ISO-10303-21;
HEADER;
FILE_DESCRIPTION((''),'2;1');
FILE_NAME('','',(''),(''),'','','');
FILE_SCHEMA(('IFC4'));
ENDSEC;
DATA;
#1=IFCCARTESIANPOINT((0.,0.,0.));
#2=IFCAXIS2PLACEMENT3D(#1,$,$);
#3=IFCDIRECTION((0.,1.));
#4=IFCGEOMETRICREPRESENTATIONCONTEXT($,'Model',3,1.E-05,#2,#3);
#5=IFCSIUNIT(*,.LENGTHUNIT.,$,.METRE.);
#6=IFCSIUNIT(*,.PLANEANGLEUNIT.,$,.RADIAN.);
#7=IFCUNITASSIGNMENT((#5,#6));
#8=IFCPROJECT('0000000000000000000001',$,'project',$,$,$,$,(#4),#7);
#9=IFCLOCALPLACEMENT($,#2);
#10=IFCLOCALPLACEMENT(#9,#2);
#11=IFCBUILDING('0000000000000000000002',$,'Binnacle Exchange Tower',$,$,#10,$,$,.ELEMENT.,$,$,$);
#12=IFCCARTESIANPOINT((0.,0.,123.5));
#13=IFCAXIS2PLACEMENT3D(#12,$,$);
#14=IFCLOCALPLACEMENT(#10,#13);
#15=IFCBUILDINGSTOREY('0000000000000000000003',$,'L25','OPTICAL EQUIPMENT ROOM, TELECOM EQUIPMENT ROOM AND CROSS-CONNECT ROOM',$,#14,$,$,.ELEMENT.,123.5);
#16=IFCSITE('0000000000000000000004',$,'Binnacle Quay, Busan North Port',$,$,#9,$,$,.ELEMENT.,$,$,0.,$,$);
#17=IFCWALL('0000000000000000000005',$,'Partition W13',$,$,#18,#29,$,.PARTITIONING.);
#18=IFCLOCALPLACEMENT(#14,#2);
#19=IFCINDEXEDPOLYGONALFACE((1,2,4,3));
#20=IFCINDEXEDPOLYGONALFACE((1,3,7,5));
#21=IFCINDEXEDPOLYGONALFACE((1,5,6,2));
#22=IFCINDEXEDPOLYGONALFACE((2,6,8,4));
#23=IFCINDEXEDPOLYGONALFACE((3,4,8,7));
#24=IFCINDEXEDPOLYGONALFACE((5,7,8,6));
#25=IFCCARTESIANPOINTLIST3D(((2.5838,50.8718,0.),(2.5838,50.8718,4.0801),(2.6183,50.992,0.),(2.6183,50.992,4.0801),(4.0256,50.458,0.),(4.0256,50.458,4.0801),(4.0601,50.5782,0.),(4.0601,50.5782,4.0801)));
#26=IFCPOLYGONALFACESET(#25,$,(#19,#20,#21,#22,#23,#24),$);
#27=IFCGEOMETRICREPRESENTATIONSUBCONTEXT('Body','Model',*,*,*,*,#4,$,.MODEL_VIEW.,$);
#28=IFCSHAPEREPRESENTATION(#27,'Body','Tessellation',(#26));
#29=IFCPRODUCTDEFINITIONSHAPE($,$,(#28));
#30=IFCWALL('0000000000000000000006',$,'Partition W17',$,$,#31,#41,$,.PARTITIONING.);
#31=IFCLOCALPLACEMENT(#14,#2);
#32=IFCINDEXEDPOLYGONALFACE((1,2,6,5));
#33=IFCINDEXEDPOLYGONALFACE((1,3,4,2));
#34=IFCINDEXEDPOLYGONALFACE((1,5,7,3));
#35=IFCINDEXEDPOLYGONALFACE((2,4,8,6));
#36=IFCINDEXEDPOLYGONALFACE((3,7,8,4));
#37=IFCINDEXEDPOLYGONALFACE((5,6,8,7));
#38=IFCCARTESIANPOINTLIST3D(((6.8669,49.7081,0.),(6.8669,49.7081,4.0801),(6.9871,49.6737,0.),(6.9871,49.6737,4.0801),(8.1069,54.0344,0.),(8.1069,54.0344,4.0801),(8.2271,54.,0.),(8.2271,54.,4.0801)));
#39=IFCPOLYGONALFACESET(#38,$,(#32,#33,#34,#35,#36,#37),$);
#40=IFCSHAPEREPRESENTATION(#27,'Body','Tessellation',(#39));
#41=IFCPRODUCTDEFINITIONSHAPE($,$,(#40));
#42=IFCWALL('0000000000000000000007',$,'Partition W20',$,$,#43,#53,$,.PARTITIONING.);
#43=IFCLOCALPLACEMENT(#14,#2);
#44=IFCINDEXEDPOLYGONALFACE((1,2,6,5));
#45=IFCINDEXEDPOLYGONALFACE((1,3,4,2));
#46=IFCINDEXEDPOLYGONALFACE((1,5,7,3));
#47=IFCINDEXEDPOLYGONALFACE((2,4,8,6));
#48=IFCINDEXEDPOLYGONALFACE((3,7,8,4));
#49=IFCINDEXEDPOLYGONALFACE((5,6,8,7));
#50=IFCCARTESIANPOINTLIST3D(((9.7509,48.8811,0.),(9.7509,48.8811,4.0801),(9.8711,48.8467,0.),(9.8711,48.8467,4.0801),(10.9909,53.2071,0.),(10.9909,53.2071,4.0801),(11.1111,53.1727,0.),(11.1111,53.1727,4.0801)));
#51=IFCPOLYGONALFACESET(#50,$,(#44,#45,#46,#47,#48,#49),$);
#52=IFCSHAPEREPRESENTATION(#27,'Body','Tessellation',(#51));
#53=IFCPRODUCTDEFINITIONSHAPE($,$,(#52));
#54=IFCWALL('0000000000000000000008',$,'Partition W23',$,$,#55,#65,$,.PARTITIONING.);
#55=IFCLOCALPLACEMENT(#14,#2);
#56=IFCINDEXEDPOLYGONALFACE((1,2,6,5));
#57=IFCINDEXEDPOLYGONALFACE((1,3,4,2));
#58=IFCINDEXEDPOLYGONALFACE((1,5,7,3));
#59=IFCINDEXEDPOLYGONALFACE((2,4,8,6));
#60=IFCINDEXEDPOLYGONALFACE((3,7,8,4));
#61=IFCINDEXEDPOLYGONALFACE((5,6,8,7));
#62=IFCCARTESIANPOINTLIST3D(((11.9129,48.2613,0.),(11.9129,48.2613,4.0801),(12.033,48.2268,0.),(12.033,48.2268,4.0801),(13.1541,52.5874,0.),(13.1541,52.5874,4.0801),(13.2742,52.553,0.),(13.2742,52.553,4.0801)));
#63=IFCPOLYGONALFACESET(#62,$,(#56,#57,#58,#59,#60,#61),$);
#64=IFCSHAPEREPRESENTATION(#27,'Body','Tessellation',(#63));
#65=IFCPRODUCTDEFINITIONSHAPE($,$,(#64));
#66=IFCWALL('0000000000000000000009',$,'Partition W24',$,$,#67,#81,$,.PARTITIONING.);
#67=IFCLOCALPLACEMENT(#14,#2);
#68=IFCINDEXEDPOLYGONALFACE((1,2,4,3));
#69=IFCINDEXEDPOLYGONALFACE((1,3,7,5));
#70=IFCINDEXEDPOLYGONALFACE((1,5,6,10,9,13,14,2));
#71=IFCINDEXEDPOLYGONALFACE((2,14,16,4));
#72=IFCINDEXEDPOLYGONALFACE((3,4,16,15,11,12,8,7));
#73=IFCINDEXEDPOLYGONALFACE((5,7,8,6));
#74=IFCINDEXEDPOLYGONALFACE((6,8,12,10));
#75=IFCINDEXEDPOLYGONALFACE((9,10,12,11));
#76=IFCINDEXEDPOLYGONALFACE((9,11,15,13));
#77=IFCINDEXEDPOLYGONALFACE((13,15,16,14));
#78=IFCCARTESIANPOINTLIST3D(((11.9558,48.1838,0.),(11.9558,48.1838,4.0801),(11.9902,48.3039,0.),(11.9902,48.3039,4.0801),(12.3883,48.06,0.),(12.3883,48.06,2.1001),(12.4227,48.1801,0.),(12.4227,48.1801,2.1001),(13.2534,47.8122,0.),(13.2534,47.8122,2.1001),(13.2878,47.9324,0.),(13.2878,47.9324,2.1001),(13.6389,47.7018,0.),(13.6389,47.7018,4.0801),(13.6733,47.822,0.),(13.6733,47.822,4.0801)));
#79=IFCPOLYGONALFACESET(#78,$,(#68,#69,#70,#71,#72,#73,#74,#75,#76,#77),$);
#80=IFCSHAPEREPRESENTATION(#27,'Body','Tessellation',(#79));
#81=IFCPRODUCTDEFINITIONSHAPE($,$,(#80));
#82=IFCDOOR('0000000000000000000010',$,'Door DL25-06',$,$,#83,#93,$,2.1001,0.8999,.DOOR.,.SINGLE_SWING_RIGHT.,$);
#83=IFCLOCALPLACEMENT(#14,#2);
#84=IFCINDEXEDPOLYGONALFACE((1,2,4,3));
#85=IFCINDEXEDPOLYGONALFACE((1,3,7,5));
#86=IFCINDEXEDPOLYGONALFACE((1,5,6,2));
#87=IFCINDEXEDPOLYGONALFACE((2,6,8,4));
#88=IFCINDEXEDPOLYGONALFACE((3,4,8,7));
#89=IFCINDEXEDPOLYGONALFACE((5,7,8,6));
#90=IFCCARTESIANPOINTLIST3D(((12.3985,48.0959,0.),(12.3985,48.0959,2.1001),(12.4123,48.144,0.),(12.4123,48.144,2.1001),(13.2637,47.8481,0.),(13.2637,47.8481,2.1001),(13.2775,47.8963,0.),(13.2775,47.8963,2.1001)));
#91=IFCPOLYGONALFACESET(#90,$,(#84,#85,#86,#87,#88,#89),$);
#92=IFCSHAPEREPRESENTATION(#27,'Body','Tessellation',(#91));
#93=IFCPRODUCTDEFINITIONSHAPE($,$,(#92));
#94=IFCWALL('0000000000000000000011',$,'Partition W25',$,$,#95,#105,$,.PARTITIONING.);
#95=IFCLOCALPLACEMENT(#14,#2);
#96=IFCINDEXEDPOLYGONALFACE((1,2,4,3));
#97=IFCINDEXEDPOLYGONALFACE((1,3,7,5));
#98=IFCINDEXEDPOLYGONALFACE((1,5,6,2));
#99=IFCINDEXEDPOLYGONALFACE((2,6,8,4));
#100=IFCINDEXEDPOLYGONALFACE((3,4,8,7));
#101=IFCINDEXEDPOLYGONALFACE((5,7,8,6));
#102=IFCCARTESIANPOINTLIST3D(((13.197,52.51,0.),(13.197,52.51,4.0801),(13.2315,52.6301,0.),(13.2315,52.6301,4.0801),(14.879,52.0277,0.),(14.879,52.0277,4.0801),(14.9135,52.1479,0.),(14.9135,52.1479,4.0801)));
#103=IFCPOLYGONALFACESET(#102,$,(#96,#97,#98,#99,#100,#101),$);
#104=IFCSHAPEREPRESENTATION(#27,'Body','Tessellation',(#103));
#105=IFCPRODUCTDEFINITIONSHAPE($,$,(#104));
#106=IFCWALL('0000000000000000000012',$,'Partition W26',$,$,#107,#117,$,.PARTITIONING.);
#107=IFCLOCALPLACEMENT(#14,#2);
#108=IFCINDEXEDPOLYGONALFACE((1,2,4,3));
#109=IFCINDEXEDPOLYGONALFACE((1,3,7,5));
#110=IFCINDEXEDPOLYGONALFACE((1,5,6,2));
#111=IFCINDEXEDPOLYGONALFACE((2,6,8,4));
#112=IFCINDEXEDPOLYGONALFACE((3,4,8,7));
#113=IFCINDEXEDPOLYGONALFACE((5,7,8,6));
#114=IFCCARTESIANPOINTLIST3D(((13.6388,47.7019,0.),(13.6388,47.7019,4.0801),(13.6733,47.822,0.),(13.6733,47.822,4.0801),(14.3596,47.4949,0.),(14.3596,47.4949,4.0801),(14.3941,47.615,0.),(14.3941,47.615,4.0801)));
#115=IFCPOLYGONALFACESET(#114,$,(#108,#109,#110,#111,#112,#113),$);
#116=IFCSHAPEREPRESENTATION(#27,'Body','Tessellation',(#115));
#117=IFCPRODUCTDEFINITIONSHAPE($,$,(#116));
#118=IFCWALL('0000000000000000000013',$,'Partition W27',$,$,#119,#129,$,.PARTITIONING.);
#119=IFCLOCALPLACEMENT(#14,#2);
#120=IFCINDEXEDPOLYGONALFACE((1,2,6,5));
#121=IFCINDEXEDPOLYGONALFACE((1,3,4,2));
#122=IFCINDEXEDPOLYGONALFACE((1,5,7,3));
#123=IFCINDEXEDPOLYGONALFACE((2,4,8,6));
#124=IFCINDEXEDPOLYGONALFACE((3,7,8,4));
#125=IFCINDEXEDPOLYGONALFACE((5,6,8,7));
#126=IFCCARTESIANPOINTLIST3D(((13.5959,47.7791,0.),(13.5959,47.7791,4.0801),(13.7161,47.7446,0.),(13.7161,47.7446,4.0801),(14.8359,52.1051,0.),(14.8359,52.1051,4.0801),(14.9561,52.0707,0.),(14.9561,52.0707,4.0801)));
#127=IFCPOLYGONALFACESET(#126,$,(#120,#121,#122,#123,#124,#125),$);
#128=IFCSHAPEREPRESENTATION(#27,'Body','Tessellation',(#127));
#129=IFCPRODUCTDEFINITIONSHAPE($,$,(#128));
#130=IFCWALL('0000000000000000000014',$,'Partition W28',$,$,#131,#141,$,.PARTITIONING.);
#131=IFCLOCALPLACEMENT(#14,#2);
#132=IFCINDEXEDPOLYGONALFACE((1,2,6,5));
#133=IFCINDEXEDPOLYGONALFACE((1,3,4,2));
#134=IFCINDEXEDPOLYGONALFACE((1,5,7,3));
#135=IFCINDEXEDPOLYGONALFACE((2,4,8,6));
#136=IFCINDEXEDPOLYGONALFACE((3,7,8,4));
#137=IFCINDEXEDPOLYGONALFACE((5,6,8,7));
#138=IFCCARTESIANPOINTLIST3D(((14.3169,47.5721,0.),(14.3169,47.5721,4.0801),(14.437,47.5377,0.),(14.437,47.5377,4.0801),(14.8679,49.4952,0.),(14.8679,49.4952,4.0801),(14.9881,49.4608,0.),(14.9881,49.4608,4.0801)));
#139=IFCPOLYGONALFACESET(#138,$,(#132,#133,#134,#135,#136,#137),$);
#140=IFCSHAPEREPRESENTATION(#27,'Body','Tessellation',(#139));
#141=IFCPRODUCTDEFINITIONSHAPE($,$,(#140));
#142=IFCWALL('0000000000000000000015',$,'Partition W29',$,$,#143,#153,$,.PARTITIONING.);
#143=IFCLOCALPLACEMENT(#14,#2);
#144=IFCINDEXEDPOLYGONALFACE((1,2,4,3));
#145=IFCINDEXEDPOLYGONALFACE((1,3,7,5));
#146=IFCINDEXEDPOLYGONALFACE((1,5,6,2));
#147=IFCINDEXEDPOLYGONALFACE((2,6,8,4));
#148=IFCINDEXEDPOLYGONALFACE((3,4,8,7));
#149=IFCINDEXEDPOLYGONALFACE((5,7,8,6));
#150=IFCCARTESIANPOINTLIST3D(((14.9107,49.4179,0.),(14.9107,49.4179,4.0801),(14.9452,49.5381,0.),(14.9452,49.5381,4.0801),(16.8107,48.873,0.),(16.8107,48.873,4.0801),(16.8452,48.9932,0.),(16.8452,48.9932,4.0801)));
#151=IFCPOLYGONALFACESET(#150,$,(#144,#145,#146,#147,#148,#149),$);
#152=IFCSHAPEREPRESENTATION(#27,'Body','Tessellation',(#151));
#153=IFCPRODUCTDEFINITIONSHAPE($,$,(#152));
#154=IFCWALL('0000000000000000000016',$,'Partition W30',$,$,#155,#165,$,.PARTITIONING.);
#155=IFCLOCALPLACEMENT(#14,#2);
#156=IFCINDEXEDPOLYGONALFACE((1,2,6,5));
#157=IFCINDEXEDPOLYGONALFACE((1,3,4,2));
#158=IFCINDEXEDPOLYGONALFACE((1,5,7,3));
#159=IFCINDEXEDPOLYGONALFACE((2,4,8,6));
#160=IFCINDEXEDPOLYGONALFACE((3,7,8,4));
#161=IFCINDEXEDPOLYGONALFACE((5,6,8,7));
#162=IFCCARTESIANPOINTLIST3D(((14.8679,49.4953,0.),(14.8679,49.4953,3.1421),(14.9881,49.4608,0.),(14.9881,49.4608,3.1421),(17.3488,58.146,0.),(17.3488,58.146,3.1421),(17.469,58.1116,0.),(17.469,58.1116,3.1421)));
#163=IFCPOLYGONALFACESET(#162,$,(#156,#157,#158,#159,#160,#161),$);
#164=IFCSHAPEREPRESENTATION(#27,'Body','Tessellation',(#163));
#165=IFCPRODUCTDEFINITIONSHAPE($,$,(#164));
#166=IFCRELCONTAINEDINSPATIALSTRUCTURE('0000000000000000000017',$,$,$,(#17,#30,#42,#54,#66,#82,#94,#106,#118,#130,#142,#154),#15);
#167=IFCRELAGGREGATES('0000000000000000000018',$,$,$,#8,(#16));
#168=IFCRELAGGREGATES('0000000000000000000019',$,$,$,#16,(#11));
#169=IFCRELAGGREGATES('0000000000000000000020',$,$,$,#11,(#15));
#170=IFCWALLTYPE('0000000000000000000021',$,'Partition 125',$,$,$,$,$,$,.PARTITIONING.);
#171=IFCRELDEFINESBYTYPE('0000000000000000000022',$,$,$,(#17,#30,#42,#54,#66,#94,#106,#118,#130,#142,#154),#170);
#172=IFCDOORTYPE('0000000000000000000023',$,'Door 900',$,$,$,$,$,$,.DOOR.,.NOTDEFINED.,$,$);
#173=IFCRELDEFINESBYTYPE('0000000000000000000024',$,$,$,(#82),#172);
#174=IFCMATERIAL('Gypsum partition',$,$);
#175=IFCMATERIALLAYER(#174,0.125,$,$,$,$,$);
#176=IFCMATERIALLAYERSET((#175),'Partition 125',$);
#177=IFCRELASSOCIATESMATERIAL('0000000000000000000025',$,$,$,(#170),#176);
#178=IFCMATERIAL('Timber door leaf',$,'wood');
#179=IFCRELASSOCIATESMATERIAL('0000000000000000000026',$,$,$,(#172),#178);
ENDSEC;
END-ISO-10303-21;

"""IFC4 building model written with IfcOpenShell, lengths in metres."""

from ifc_helpers import new_model, si_unit, direction, frame, frame_2d, origin, place, context, subcontext, project, spatial, rectangle, extrude, material, layer, layer_set, type_object, element, fill, save


model = new_model("IFC4")

# Units and contexts
model_context = context("Model", 3, precision=1e-05, world=origin(), true_north=direction((0.0, 1.0)))
body_context = subcontext(model_context, "Body", "Model", "MODEL_VIEW")
ifc_project = project(units=[si_unit("LENGTHUNIT", "METRE"), si_unit("PLANEANGLEUNIT", "RADIAN")], contexts=[model_context])

# Site, building, storey
site_placement = place(None, origin())
site = spatial("IfcSite", under=ifc_project, at=site_placement, Name="Binnacle Quay, Busan North Port", CompositionType="ELEMENT", RefElevation=0.0)
building_placement = place(site_placement, origin())
building = spatial("IfcBuilding", under=site, at=building_placement, Name="Binnacle Exchange Tower", CompositionType="ELEMENT")
storey_placement = place(building_placement, frame((0.0, 0.0, 123.5)))
storey = spatial("IfcBuildingStorey", under=building, at=storey_placement, Name="L25", Description="OPTICAL EQUIPMENT ROOM, TELECOM EQUIPMENT ROOM AND CROSS-CONNECT ROOM", CompositionType="ELEMENT", Elevation=123.5)

# Walls
ifc_material_1 = material(Name="Gypsum partition")
ifc_layer_1 = layer(ifc_material_1, 0.125)
ifc_layer_set_1 = layer_set([ifc_layer_1], Name="Partition 125")
wall_type_1 = type_object("IfcWallType", Name="Partition 125", PredefinedType="PARTITIONING", material=ifc_layer_set_1)
wall_1_placement = place(storey_placement, frame((2.6011, 50.9319, 0.0), z_axis=(0.0, 0.0, 1.0), x_axis=(0.961198, -0.27586, 0.0)))
element("IfcWall", 1, at=wall_1_placement, inside=storey, type_object=wall_type_1, Name="Partition W13", PredefinedType="PARTITIONING", context=body_context, shape_type="SweptSolid", body=[
    extrude(rectangle(XDim=1.5, YDim=0.125, at=frame_2d((0.75, 0.0))), origin(), (0.0, 0.0, 1.0), 4.0801),
])
wall_2_placement = place(storey_placement, frame((6.927, 49.6909, 0.0), z_axis=(0.0, 0.0, 1.0), x_axis=(0.275531, 0.961292, 0.0)))
element("IfcWall", 2, at=wall_2_placement, inside=storey, type_object=wall_type_1, Name="Partition W17", PredefinedType="PARTITIONING", context=body_context, shape_type="SweptSolid", body=[
    extrude(rectangle(XDim=4.5005, YDim=0.125, at=frame_2d((2.2502, 0.0))), origin(), (0.0, 0.0, 1.0), 4.0801),
])
wall_3_placement = place(storey_placement, frame((9.811, 48.864, 0.0), z_axis=(0.0, 0.0, 1.0), x_axis=(0.275545, 0.961288, 0.0)))
element("IfcWall", 3, at=wall_3_placement, inside=storey, type_object=wall_type_1, Name="Partition W20", PredefinedType="PARTITIONING", context=body_context, shape_type="SweptSolid", body=[
    extrude(rectangle(XDim=4.5002, YDim=0.125, at=frame_2d((2.25, 0.0))), origin(), (0.0, 0.0, 1.0), 4.0801),
])
wall_4_placement = place(storey_placement, frame((11.9729, 48.2439, 0.0), z_axis=(0.0, 0.0, 1.0), x_axis=(0.275781, 0.96122, 0.0)))
element("IfcWall", 4, at=wall_4_placement, inside=storey, type_object=wall_type_1, Name="Partition W23", PredefinedType="PARTITIONING", context=body_context, shape_type="SweptSolid", body=[
    extrude(rectangle(XDim=4.5007, YDim=0.125, at=frame_2d((2.2505, 0.0))), origin(), (0.0, 0.0, 1.0), 4.0801),
])

# Wall, opening, door
wall_5_placement = place(storey_placement, frame((11.9729, 48.2439, 0.0), z_axis=(0.0, 0.0, 1.0), x_axis=(0.961366, -0.275274, 0.0)))
wall_5 = element("IfcWall", 5, at=wall_5_placement, inside=storey, type_object=wall_type_1, Name="Partition W24", PredefinedType="PARTITIONING", context=body_context, shape_type="SweptSolid", body=[
    extrude(rectangle(XDim=1.7507, YDim=0.125, at=frame_2d((0.8755, 0.0))), origin(), (0.0, 0.0, 1.0), 4.0801),
])
opening_1_placement = place(wall_5_placement, frame((0.45, 0.0, 0.0)))
opening_1 = element("IfcOpeningElement", 6, at=opening_1_placement, cuts=wall_5, PredefinedType="OPENING", context=body_context, shape_type="SweptSolid", body=[
    extrude(rectangle(XDim=0.8999, YDim=2.1001, at=frame_2d((0.45, 1.05))), frame((0.0, 0.0725, 0.0), z_axis=(0.0, -1.0, 0.0), x_axis=(1.0, 0.0, 0.0)), (0.0, 0.0, 1.0), 0.145),
])
ifc_material_2 = material(Name="Timber door leaf", Category="wood")
door_type_1 = type_object("IfcDoorType", Name="Door 900", OperationType="NOTDEFINED", PredefinedType="DOOR", material=ifc_material_2)
door_1_placement = place(opening_1_placement, origin())
door_1 = element("IfcDoor", 7, at=door_1_placement, inside=storey, type_object=door_type_1, Name="Door DL25-06", OperationType="SINGLE_SWING_RIGHT", OverallHeight=2.1001, OverallWidth=0.8999, PredefinedType="DOOR", context=body_context, shape_type="SweptSolid", body=[
    extrude(rectangle(XDim=0.8999, YDim=2.1001, at=frame_2d((0.45, 1.05))), frame((0.0, 0.0249, 0.0), z_axis=(0.0, -1.0, 0.0), x_axis=(1.0, 0.0, 0.0)), (0.0, 0.0, 1.0), 0.05),
])
fill(opening_1, door_1)

# Walls
wall_6_placement = place(storey_placement, frame((13.2141, 52.5701, 0.0), z_axis=(0.0, 0.0, 1.0), x_axis=(0.961276, -0.275587, 0.0)))
element("IfcWall", 8, at=wall_6_placement, inside=storey, type_object=wall_type_1, Name="Partition W25", PredefinedType="PARTITIONING", context=body_context, shape_type="SweptSolid", body=[
    extrude(rectangle(XDim=1.7498, YDim=0.125, at=frame_2d((0.875, 0.0))), origin(), (0.0, 0.0, 1.0), 4.0801),
])
wall_7_placement = place(storey_placement, frame((13.656, 47.762, 0.0), z_axis=(0.0, 0.0, 1.0), x_axis=(0.961155, -0.276011, 0.0)))
element("IfcWall", 9, at=wall_7_placement, inside=storey, type_object=wall_type_1, Name="Partition W26", PredefinedType="PARTITIONING", context=body_context, shape_type="SweptSolid", body=[
    extrude(rectangle(XDim=0.75, YDim=0.125, at=frame_2d((0.375, 0.0))), origin(), (0.0, 0.0, 1.0), 4.0801),
])
wall_8_placement = place(storey_placement, frame((13.656, 47.762, 0.0), z_axis=(0.0, 0.0, 1.0), x_axis=(0.275545, 0.961288, 0.0)))
element("IfcWall", 10, at=wall_8_placement, inside=storey, type_object=wall_type_1, Name="Partition W27", PredefinedType="PARTITIONING", context=body_context, shape_type="SweptSolid", body=[
    extrude(rectangle(XDim=4.5002, YDim=0.125, at=frame_2d((2.25, 0.0))), origin(), (0.0, 0.0, 1.0), 4.0801),
])
wall_9_placement = place(storey_placement, frame((14.377, 47.5549, 0.0), z_axis=(0.0, 0.0, 1.0), x_axis=(0.275446, 0.961316, 0.0)))
element("IfcWall", 11, at=wall_9_placement, inside=storey, type_object=wall_type_1, Name="Partition W28", PredefinedType="PARTITIONING", context=body_context, shape_type="SweptSolid", body=[
    extrude(rectangle(XDim=2.0005, YDim=0.125, at=frame_2d((1.0002, 0.0))), origin(), (0.0, 0.0, 1.0), 4.0801),
])
wall_10_placement = place(storey_placement, frame((14.928, 49.478, 0.0), z_axis=(0.0, 0.0, 1.0), x_axis=(0.961244, -0.2757, 0.0)))
element("IfcWall", 12, at=wall_10_placement, inside=storey, type_object=wall_type_1, Name="Partition W29", PredefinedType="PARTITIONING", context=body_context, shape_type="SweptSolid", body=[
    extrude(rectangle(XDim=1.9766, YDim=0.125, at=frame_2d((0.9883, 0.0))), origin(), (0.0, 0.0, 1.0), 4.0801),
])
wall_11_placement = place(storey_placement, frame((14.928, 49.478, 0.0), z_axis=(0.0, 0.0, 1.0), x_axis=(0.275674, 0.961251, 0.0)))
element("IfcWall", 13, at=wall_11_placement, inside=storey, type_object=wall_type_1, Name="Partition W30", PredefinedType="PARTITIONING", context=body_context, shape_type="SweptSolid", body=[
    extrude(rectangle(XDim=8.9995, YDim=0.125, at=frame_2d((4.4998, 0.0))), origin(), (0.0, 0.0, 1.0), 3.1421),
])

save(model, "model.ifc")
